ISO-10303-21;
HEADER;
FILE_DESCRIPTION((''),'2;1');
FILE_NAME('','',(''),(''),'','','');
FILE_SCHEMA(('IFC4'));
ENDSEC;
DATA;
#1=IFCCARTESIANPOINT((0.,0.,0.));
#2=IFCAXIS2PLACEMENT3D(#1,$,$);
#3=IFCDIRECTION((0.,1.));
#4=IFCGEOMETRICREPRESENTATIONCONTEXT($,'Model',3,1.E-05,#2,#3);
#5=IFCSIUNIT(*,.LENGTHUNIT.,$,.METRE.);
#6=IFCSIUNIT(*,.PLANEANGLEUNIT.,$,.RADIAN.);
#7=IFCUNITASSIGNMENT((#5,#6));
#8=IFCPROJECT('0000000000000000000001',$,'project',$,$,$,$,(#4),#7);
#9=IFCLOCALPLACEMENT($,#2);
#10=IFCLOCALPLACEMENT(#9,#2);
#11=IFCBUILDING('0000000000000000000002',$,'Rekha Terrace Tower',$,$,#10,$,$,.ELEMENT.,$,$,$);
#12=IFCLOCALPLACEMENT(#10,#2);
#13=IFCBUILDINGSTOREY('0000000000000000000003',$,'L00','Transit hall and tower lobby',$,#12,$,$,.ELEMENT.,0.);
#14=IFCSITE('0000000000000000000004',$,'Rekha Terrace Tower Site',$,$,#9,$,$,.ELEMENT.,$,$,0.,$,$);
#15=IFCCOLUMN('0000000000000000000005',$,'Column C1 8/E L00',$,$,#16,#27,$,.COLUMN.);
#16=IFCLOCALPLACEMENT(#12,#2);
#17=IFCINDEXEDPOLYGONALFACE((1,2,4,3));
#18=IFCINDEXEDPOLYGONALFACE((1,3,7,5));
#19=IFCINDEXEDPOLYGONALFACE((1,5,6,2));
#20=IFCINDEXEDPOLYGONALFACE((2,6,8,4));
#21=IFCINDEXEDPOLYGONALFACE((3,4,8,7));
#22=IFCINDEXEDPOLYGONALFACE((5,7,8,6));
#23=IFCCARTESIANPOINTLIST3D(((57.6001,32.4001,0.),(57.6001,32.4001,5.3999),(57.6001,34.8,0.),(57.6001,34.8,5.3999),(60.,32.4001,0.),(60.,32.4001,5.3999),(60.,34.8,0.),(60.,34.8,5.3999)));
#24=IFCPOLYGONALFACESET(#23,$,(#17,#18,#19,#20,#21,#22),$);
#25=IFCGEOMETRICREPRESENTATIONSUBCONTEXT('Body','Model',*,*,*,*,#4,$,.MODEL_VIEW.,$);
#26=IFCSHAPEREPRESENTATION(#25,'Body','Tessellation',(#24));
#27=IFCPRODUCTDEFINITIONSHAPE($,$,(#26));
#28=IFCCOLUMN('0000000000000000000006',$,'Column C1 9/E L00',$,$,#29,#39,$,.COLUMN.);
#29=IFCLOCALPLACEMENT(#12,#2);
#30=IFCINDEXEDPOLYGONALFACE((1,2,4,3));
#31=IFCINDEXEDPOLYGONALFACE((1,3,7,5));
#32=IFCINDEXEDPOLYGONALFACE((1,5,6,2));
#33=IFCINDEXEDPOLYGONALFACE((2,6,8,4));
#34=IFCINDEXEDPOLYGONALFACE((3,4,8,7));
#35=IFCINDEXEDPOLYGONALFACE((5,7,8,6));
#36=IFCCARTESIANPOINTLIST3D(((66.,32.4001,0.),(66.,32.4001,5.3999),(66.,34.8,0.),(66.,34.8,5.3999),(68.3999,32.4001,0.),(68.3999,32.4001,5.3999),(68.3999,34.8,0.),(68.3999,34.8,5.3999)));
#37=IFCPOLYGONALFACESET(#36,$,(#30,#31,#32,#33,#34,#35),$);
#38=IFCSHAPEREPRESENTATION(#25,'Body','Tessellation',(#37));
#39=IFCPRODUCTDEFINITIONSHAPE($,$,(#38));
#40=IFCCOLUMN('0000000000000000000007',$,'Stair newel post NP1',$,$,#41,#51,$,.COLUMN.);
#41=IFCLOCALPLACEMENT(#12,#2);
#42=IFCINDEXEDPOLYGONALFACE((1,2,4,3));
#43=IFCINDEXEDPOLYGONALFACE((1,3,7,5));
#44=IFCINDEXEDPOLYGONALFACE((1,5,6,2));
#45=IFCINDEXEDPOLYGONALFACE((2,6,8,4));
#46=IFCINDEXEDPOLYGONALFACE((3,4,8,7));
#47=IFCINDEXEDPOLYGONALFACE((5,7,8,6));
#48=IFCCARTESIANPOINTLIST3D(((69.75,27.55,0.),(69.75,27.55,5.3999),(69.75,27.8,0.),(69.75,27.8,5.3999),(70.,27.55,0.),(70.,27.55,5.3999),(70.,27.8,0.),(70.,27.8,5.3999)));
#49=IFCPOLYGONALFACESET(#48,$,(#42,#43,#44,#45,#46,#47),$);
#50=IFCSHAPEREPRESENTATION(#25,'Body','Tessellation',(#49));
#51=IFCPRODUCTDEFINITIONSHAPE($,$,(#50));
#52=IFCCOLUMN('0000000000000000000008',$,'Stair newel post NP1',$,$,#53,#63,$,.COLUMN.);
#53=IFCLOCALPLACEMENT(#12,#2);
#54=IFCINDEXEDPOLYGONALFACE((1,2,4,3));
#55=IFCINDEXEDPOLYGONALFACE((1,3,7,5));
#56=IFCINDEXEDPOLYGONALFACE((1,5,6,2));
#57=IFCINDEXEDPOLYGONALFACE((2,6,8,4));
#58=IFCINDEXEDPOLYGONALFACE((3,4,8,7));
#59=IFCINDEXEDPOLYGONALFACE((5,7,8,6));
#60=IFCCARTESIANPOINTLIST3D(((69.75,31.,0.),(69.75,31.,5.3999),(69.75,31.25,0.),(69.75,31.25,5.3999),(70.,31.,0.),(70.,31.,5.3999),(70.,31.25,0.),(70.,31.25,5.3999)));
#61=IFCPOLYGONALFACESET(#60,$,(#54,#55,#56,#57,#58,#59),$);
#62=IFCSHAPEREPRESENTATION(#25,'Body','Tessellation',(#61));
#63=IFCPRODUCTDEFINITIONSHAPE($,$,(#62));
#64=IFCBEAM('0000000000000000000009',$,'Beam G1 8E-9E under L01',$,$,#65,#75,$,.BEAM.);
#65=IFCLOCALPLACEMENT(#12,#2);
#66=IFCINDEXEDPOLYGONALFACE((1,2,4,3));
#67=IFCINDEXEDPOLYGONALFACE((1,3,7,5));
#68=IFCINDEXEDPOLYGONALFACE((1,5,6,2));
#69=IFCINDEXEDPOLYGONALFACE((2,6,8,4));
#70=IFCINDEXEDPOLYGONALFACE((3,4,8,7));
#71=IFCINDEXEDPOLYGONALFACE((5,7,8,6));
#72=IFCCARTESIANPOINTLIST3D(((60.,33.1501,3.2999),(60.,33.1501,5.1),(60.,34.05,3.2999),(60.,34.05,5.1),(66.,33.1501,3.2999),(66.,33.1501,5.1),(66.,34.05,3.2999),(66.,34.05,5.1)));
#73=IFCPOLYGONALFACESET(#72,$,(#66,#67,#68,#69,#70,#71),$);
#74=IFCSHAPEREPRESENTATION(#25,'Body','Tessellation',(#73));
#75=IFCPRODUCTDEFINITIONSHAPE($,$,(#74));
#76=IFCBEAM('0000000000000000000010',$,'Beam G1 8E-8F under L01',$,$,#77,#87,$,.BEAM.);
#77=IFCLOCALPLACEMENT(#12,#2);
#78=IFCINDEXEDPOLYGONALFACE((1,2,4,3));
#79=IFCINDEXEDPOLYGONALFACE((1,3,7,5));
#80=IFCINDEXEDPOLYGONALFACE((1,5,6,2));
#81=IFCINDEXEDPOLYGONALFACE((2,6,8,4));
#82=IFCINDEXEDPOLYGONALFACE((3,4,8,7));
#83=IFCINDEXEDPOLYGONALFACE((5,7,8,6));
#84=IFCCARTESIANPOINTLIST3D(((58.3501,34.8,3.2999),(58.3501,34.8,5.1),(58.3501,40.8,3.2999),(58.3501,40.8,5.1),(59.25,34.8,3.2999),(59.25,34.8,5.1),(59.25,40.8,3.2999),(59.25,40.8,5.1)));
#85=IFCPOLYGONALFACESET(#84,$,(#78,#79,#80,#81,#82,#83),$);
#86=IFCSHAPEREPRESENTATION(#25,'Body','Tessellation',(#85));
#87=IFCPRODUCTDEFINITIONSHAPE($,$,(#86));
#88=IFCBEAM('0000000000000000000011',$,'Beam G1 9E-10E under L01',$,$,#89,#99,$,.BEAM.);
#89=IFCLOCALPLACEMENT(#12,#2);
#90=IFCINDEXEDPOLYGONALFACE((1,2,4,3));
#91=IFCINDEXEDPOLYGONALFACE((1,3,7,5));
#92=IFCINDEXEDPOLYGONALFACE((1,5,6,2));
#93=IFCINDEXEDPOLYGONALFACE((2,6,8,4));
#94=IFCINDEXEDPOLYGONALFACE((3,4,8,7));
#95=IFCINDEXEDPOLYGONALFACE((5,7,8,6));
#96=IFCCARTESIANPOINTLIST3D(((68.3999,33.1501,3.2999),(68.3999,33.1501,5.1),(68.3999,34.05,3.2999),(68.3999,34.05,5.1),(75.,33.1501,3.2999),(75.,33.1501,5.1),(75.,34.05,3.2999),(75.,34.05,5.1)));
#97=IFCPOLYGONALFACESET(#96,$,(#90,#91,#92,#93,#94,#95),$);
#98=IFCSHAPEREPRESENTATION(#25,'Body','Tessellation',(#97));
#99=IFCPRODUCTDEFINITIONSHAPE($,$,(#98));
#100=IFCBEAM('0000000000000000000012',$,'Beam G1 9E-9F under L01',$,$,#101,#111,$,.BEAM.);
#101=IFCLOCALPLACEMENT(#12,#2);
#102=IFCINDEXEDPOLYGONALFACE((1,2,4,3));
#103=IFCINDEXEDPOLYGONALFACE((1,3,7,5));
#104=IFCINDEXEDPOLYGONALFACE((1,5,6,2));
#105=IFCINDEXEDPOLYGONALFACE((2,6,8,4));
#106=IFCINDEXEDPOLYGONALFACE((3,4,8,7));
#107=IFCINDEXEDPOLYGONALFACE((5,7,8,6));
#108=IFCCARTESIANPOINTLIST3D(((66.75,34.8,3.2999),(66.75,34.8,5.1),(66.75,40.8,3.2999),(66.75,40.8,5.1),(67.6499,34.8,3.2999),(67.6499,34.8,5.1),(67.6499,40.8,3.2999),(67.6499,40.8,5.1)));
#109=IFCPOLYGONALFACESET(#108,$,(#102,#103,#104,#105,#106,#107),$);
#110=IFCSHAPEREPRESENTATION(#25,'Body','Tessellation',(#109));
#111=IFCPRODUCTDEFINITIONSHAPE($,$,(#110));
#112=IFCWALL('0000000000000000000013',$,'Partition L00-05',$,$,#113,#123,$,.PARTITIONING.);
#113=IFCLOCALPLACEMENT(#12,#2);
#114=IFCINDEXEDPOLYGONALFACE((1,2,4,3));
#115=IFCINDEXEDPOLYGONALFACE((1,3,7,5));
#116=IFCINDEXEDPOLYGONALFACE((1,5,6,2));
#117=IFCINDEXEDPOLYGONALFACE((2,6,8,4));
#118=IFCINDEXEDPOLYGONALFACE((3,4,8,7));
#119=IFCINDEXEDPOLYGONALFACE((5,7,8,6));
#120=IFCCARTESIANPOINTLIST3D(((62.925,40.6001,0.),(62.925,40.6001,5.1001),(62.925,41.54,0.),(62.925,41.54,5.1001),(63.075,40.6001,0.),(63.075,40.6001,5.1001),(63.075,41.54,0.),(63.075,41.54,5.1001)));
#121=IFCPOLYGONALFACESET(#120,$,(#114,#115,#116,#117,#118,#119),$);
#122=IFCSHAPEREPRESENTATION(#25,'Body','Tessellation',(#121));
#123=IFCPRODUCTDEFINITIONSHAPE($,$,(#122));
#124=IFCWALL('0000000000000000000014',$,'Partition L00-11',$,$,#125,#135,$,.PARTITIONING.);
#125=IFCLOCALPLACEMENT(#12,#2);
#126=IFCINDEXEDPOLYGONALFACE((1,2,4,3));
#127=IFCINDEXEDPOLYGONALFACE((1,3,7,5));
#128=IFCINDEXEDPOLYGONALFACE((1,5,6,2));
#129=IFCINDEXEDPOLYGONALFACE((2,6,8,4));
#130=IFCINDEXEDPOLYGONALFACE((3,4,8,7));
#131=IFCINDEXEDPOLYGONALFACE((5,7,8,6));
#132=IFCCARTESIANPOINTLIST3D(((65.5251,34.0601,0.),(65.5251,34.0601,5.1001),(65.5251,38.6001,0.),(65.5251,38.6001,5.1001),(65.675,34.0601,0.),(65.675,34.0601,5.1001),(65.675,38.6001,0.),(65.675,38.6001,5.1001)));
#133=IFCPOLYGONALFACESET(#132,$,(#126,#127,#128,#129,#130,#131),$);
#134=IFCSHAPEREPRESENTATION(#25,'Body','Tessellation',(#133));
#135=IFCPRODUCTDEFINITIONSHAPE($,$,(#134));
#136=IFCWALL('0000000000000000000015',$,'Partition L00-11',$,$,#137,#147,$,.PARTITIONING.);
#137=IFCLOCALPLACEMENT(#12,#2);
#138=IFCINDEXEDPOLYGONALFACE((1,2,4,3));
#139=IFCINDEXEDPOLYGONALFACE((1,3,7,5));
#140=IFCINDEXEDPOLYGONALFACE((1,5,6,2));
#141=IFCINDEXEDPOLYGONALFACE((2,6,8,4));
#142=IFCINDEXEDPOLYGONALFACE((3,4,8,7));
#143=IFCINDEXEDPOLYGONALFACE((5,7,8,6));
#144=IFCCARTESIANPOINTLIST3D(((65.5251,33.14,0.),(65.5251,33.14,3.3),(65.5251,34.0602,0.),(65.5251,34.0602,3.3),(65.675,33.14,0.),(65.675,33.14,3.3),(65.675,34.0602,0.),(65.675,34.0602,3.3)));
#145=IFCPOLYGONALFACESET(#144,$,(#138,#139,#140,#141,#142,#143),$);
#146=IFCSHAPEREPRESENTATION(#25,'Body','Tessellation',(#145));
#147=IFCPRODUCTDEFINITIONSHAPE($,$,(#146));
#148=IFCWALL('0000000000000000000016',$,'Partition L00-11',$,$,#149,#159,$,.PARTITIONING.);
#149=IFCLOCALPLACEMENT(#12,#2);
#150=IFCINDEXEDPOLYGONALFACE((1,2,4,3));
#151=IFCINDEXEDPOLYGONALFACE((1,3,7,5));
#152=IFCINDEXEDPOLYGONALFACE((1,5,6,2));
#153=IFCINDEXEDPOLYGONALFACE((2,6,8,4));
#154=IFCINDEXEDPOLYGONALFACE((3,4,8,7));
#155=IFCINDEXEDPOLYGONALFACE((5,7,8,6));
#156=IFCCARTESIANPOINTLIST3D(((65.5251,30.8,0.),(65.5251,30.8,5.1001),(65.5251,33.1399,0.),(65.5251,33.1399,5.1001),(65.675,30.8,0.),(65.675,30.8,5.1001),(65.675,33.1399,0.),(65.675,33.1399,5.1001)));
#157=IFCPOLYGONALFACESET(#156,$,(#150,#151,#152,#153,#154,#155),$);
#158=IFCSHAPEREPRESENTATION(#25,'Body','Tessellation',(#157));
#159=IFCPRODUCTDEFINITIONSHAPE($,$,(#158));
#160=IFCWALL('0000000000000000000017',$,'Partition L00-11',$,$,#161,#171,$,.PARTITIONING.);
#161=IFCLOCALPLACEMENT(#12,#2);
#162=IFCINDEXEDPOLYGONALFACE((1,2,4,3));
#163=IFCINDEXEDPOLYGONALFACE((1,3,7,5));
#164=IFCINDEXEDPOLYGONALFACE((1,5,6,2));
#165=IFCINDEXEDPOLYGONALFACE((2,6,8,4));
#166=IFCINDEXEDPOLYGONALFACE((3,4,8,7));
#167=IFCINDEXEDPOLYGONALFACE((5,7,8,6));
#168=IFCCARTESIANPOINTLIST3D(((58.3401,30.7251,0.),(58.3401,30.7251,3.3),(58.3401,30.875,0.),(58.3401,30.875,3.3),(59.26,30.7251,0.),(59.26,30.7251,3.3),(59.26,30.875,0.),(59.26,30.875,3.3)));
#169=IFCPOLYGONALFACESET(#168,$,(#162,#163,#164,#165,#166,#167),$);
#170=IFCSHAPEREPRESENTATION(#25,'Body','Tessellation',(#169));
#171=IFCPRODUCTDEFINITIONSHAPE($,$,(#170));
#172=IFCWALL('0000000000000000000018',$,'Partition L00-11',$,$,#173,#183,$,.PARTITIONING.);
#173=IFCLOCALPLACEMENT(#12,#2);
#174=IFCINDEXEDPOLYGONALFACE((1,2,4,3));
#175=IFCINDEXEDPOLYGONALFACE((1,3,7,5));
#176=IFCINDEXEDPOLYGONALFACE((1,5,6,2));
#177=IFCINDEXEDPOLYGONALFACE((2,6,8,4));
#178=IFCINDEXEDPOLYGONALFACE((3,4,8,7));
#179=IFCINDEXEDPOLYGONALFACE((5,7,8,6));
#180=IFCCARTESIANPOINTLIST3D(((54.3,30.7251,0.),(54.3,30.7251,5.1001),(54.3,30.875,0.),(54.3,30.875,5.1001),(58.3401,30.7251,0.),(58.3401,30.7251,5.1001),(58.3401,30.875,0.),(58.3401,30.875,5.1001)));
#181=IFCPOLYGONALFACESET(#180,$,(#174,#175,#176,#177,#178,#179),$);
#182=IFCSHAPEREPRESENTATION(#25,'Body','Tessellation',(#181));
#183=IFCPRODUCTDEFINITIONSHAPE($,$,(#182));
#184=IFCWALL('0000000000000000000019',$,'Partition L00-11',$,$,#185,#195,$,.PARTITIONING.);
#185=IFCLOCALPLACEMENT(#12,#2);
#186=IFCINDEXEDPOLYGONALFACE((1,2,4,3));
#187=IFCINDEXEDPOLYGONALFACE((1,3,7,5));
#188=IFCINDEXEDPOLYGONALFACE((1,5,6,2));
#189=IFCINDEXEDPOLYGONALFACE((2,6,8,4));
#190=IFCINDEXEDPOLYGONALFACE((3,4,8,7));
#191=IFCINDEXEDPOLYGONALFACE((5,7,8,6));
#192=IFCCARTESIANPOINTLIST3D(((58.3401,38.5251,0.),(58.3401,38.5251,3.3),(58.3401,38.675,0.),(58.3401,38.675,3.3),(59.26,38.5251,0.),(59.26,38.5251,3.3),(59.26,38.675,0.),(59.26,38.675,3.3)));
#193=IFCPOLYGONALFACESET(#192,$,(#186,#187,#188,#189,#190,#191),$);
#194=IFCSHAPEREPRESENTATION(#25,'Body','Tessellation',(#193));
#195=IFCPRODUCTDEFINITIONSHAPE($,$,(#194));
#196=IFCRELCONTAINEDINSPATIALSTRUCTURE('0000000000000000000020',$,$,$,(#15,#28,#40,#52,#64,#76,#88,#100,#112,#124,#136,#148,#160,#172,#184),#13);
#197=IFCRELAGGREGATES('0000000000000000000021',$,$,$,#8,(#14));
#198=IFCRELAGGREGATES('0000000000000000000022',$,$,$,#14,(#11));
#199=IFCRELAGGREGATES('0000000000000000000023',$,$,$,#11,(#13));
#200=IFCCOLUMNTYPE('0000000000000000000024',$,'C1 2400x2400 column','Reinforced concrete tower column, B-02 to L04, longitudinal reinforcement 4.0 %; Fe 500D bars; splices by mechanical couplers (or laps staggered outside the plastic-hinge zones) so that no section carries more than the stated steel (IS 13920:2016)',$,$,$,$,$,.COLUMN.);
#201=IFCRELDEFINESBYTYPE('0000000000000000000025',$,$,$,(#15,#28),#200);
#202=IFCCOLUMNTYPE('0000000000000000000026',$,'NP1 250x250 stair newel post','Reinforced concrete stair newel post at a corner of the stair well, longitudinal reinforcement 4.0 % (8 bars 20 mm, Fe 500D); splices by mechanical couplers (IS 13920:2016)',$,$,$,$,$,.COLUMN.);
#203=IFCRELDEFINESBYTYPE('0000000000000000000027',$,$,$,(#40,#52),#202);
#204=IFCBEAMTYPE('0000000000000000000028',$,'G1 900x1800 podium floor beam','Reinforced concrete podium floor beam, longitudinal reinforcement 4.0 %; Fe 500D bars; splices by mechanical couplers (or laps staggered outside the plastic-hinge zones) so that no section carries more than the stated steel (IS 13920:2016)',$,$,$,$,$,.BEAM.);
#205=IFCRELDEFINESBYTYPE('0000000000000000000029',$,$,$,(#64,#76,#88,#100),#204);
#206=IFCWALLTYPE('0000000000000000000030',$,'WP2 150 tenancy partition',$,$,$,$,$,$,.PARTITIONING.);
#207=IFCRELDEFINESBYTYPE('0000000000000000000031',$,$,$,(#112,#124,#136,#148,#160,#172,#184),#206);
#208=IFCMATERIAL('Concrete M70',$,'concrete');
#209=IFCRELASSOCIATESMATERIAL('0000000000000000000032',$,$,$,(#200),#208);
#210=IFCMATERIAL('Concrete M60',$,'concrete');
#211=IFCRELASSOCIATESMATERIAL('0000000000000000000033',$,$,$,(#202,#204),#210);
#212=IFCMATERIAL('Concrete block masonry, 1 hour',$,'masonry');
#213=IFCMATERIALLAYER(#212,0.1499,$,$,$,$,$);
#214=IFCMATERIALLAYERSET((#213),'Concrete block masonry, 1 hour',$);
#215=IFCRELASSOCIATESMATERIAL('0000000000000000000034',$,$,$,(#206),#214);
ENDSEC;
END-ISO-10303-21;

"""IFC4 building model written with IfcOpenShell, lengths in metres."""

from ifc_helpers import new_model, si_unit, direction, frame, frame_2d, origin, origin_2d, place, context, subcontext, project, spatial, rectangle, extrude, material, layer, layer_set, material_profile, profile_set, type_object, element, save


model = new_model("IFC4")

# Units and contexts
model_context = context("Model", 3, precision=1e-05, world=origin(), true_north=direction((0.0, 1.0)))
body_context = subcontext(model_context, "Body", "Model", "MODEL_VIEW")
ifc_project = project(units=[si_unit("LENGTHUNIT", "METRE"), si_unit("PLANEANGLEUNIT", "RADIAN")], contexts=[model_context])

# Site, building, storey
site_placement = place(None, origin())
site = spatial("IfcSite", under=ifc_project, at=site_placement, Name="Rekha Terrace Tower Site", CompositionType="ELEMENT", RefElevation=0.0)
building_placement = place(site_placement, origin())
building = spatial("IfcBuilding", under=site, at=building_placement, Name="Rekha Terrace Tower", CompositionType="ELEMENT")
storey_placement = place(building_placement, origin())
storey = spatial("IfcBuildingStorey", under=building, at=storey_placement, Name="L00", Description="Transit hall and tower lobby", CompositionType="ELEMENT", Elevation=0.0)

# Columns
ifc_material_1 = material(Name="Concrete M70", Category="concrete")
ifc_material_profile_1 = material_profile(ifc_material_1, rectangle(XDim=2.3999, YDim=2.3999, at=origin_2d()), Name="RC 2400x2400")
ifc_profile_set_1 = profile_set([ifc_material_profile_1], Name="Concrete M70")
column_type_1 = type_object("IfcColumnType", Name="C1 2400x2400 column", Description="Reinforced concrete tower column, B-02 to L04, longitudinal reinforcement 4.0 %; Fe 500D bars; splices by mechanical couplers (or laps staggered outside the plastic-hinge zones) so that no section carries more than the stated steel (IS 13920:2016)", PredefinedType="COLUMN", material=ifc_profile_set_1)
for number, where, z_axis, x_axis, name in (
    (1, (58.8, 33.6001, 0.0), (0.0, 0.0, 1.0), (1.0, 0.0, 0.0), "Column C1 8/E L00"),
    (2, (67.2, 33.6001, 0.0), (0.0, 0.0, 1.0), (1.0, 0.0, 0.0), "Column C1 9/E L00"),
):
    element("IfcColumn", number, at=place(storey_placement, frame(where, z_axis=z_axis, x_axis=x_axis)), inside=storey, type_object=column_type_1, Name=name, PredefinedType="COLUMN", context=body_context, shape_type="SweptSolid", body=[
        extrude(rectangle(XDim=2.3999, YDim=2.3999, at=origin_2d()), origin(), (0.0, 0.0, 1.0), 5.3999),
    ])
ifc_material_2 = material(Name="Concrete M60", Category="concrete")
ifc_material_profile_2 = material_profile(ifc_material_2, rectangle(XDim=0.25, YDim=0.25, at=origin_2d()), Name="RC 250x250")
ifc_profile_set_2 = profile_set([ifc_material_profile_2], Name="Concrete M60")
column_type_2 = type_object("IfcColumnType", Name="NP1 250x250 stair newel post", Description="Reinforced concrete stair newel post at a corner of the stair well, longitudinal reinforcement 4.0 % (8 bars 20 mm, Fe 500D); splices by mechanical couplers (IS 13920:2016)", PredefinedType="COLUMN", material=ifc_profile_set_2)
for number, where, z_axis, x_axis, name in (
    (3, (69.875, 27.675, 0.0), (0.0, 0.0, 1.0), (1.0, 0.0, 0.0), "Stair newel post NP1"),
    (4, (69.875, 31.125, 0.0), (0.0, 0.0, 1.0), (1.0, 0.0, 0.0), "Stair newel post NP1"),
):
    element("IfcColumn", number, at=place(storey_placement, frame(where, z_axis=z_axis, x_axis=x_axis)), inside=storey, type_object=column_type_2, Name=name, PredefinedType="COLUMN", context=body_context, shape_type="SweptSolid", body=[
        extrude(rectangle(XDim=0.25, YDim=0.25, at=origin_2d()), origin(), (0.0, 0.0, 1.0), 5.3999),
    ])

# Beams
ifc_material_profile_3 = material_profile(ifc_material_2, rectangle(XDim=0.8999, YDim=1.8, at=origin_2d()), Name="RC 900x1800")
ifc_profile_set_3 = profile_set([ifc_material_profile_3], Name="Concrete M60")
beam_type = type_object("IfcBeamType", Name="G1 900x1800 podium floor beam", Description="Reinforced concrete podium floor beam, longitudinal reinforcement 4.0 %; Fe 500D bars; splices by mechanical couplers (or laps staggered outside the plastic-hinge zones) so that no section carries more than the stated steel (IS 13920:2016)", PredefinedType="BEAM", material=ifc_profile_set_3)
for number, where, z_axis, x_axis, name in (
    (5, (60.0, 33.6001, 4.2), (1.0, 0.0, 0.0), (0.0, 1.0, 0.0), "Beam G1 8E-9E under L01"),
    (6, (58.8, 34.8, 4.2), (0.0, 1.0, 0.0), (-1.0, 0.0, 0.0), "Beam G1 8E-8F under L01"),
):
    element("IfcBeam", number, at=place(storey_placement, frame(where, z_axis=z_axis, x_axis=x_axis)), inside=storey, type_object=beam_type, Name=name, PredefinedType="BEAM", context=body_context, shape_type="SweptSolid", body=[
        extrude(rectangle(XDim=0.8999, YDim=1.8, at=origin_2d()), origin(), (0.0, 0.0, 1.0), 6.0),
    ])
beam_1_placement = place(storey_placement, frame((68.3999, 33.6001, 4.2), z_axis=(1.0, 0.0, 0.0), x_axis=(0.0, 1.0, 0.0)))
element("IfcBeam", 7, at=beam_1_placement, inside=storey, type_object=beam_type, Name="Beam G1 9E-10E under L01", PredefinedType="BEAM", context=body_context, shape_type="SweptSolid", body=[
    extrude(rectangle(XDim=0.8999, YDim=1.8, at=origin_2d()), origin(), (0.0, 0.0, 1.0), 6.6001),
])
beam_2_placement = place(storey_placement, frame((67.2, 34.8, 4.2), z_axis=(0.0, 1.0, 0.0), x_axis=(-1.0, 0.0, 0.0)))
element("IfcBeam", 8, at=beam_2_placement, inside=storey, type_object=beam_type, Name="Beam G1 9E-9F under L01", PredefinedType="BEAM", context=body_context, shape_type="SweptSolid", body=[
    extrude(rectangle(XDim=0.8999, YDim=1.8, at=origin_2d()), origin(), (0.0, 0.0, 1.0), 6.0),
])

# Shared definitions
ifc_material_3 = material(Name="Concrete block masonry, 1 hour", Category="masonry")
ifc_layer_1 = layer(ifc_material_3, 0.1499)
ifc_layer_set_1 = layer_set([ifc_layer_1], Name="Concrete block masonry, 1 hour")
wall_type_1 = type_object("IfcWallType", Name="WP2 150 tenancy partition", PredefinedType="PARTITIONING", material=ifc_layer_set_1)

# Walls
wall_1_placement = place(storey_placement, frame((63.0, 40.6001, 0.0), z_axis=(0.0, 0.0, 1.0), x_axis=(0.0, 1.0, 0.0)))
element("IfcWall", 9, at=wall_1_placement, inside=storey, type_object=wall_type_1, Name="Partition L00-05", PredefinedType="PARTITIONING", context=body_context, shape_type="SweptSolid", body=[
    extrude(rectangle(XDim=0.9399, YDim=0.1499, at=frame_2d((0.47, 0.0))), origin(), (0.0, 0.0, 1.0), 5.1001),
])
wall_2_placement = place(storey_placement, frame((65.6001, 38.6001, 0.0), z_axis=(0.0, 0.0, 1.0), x_axis=(0.0, -1.0, 0.0)))
element("IfcWall", 10, at=wall_2_placement, inside=storey, type_object=wall_type_1, Name="Partition L00-11", PredefinedType="PARTITIONING", context=body_context, shape_type="SweptSolid", body=[
    extrude(rectangle(XDim=4.54, YDim=0.1499, at=frame_2d((2.27, 0.0))), origin(), (0.0, 0.0, 1.0), 5.1001),
])
wall_3_placement = place(storey_placement, frame((65.6001, 34.0601, 0.0), z_axis=(0.0, 0.0, 1.0), x_axis=(0.0, -1.0, 0.0)))
element("IfcWall", 11, at=wall_3_placement, inside=storey, type_object=wall_type_1, Name="Partition L00-11", PredefinedType="PARTITIONING", context=body_context, shape_type="SweptSolid", body=[
    extrude(rectangle(XDim=0.9202, YDim=0.1499, at=frame_2d((0.46, 0.0))), origin(), (0.0, 0.0, 1.0), 3.3),
])
wall_4_placement = place(storey_placement, frame((65.6001, 33.1399, 0.0), z_axis=(0.0, 0.0, 1.0), x_axis=(0.0, -1.0, 0.0)))
element("IfcWall", 12, at=wall_4_placement, inside=storey, type_object=wall_type_1, Name="Partition L00-11", PredefinedType="PARTITIONING", context=body_context, shape_type="SweptSolid", body=[
    extrude(rectangle(XDim=2.3398, YDim=0.1499, at=frame_2d((1.1699, 0.0))), origin(), (0.0, 0.0, 1.0), 5.1001),
])

# Walls
wall_5_placement = place(storey_placement, frame((59.26, 30.8, 0.0), z_axis=(0.0, 0.0, 1.0), x_axis=(-1.0, 0.0, 0.0)))
element("IfcWall", 13, at=wall_5_placement, inside=storey, type_object=wall_type_1, Name="Partition L00-11", PredefinedType="PARTITIONING", context=body_context, shape_type="SweptSolid", body=[
    extrude(rectangle(XDim=0.9199, YDim=0.1499, at=frame_2d((0.46, 0.0))), origin(), (0.0, 0.0, 1.0), 3.3),
])
wall_6_placement = place(storey_placement, frame((58.3401, 30.8, 0.0), z_axis=(0.0, 0.0, 1.0), x_axis=(-1.0, 0.0, 0.0)))
element("IfcWall", 14, at=wall_6_placement, inside=storey, type_object=wall_type_1, Name="Partition L00-11", PredefinedType="PARTITIONING", context=body_context, shape_type="SweptSolid", body=[
    extrude(rectangle(XDim=4.04, YDim=0.1499, at=frame_2d((2.02, 0.0))), origin(), (0.0, 0.0, 1.0), 5.1001),
])
wall_7_placement = place(storey_placement, frame((58.3401, 38.6001, 0.0), z_axis=(0.0, 0.0, 1.0), x_axis=(1.0, 0.0, 0.0)))
element("IfcWall", 15, at=wall_7_placement, inside=storey, type_object=wall_type_1, Name="Partition L00-11", PredefinedType="PARTITIONING", context=body_context, shape_type="SweptSolid", body=[
    extrude(rectangle(XDim=0.9199, YDim=0.1499, at=frame_2d((0.46, 0.0))), origin(), (0.0, 0.0, 1.0), 3.3),
])

save(model, "model.ifc")
